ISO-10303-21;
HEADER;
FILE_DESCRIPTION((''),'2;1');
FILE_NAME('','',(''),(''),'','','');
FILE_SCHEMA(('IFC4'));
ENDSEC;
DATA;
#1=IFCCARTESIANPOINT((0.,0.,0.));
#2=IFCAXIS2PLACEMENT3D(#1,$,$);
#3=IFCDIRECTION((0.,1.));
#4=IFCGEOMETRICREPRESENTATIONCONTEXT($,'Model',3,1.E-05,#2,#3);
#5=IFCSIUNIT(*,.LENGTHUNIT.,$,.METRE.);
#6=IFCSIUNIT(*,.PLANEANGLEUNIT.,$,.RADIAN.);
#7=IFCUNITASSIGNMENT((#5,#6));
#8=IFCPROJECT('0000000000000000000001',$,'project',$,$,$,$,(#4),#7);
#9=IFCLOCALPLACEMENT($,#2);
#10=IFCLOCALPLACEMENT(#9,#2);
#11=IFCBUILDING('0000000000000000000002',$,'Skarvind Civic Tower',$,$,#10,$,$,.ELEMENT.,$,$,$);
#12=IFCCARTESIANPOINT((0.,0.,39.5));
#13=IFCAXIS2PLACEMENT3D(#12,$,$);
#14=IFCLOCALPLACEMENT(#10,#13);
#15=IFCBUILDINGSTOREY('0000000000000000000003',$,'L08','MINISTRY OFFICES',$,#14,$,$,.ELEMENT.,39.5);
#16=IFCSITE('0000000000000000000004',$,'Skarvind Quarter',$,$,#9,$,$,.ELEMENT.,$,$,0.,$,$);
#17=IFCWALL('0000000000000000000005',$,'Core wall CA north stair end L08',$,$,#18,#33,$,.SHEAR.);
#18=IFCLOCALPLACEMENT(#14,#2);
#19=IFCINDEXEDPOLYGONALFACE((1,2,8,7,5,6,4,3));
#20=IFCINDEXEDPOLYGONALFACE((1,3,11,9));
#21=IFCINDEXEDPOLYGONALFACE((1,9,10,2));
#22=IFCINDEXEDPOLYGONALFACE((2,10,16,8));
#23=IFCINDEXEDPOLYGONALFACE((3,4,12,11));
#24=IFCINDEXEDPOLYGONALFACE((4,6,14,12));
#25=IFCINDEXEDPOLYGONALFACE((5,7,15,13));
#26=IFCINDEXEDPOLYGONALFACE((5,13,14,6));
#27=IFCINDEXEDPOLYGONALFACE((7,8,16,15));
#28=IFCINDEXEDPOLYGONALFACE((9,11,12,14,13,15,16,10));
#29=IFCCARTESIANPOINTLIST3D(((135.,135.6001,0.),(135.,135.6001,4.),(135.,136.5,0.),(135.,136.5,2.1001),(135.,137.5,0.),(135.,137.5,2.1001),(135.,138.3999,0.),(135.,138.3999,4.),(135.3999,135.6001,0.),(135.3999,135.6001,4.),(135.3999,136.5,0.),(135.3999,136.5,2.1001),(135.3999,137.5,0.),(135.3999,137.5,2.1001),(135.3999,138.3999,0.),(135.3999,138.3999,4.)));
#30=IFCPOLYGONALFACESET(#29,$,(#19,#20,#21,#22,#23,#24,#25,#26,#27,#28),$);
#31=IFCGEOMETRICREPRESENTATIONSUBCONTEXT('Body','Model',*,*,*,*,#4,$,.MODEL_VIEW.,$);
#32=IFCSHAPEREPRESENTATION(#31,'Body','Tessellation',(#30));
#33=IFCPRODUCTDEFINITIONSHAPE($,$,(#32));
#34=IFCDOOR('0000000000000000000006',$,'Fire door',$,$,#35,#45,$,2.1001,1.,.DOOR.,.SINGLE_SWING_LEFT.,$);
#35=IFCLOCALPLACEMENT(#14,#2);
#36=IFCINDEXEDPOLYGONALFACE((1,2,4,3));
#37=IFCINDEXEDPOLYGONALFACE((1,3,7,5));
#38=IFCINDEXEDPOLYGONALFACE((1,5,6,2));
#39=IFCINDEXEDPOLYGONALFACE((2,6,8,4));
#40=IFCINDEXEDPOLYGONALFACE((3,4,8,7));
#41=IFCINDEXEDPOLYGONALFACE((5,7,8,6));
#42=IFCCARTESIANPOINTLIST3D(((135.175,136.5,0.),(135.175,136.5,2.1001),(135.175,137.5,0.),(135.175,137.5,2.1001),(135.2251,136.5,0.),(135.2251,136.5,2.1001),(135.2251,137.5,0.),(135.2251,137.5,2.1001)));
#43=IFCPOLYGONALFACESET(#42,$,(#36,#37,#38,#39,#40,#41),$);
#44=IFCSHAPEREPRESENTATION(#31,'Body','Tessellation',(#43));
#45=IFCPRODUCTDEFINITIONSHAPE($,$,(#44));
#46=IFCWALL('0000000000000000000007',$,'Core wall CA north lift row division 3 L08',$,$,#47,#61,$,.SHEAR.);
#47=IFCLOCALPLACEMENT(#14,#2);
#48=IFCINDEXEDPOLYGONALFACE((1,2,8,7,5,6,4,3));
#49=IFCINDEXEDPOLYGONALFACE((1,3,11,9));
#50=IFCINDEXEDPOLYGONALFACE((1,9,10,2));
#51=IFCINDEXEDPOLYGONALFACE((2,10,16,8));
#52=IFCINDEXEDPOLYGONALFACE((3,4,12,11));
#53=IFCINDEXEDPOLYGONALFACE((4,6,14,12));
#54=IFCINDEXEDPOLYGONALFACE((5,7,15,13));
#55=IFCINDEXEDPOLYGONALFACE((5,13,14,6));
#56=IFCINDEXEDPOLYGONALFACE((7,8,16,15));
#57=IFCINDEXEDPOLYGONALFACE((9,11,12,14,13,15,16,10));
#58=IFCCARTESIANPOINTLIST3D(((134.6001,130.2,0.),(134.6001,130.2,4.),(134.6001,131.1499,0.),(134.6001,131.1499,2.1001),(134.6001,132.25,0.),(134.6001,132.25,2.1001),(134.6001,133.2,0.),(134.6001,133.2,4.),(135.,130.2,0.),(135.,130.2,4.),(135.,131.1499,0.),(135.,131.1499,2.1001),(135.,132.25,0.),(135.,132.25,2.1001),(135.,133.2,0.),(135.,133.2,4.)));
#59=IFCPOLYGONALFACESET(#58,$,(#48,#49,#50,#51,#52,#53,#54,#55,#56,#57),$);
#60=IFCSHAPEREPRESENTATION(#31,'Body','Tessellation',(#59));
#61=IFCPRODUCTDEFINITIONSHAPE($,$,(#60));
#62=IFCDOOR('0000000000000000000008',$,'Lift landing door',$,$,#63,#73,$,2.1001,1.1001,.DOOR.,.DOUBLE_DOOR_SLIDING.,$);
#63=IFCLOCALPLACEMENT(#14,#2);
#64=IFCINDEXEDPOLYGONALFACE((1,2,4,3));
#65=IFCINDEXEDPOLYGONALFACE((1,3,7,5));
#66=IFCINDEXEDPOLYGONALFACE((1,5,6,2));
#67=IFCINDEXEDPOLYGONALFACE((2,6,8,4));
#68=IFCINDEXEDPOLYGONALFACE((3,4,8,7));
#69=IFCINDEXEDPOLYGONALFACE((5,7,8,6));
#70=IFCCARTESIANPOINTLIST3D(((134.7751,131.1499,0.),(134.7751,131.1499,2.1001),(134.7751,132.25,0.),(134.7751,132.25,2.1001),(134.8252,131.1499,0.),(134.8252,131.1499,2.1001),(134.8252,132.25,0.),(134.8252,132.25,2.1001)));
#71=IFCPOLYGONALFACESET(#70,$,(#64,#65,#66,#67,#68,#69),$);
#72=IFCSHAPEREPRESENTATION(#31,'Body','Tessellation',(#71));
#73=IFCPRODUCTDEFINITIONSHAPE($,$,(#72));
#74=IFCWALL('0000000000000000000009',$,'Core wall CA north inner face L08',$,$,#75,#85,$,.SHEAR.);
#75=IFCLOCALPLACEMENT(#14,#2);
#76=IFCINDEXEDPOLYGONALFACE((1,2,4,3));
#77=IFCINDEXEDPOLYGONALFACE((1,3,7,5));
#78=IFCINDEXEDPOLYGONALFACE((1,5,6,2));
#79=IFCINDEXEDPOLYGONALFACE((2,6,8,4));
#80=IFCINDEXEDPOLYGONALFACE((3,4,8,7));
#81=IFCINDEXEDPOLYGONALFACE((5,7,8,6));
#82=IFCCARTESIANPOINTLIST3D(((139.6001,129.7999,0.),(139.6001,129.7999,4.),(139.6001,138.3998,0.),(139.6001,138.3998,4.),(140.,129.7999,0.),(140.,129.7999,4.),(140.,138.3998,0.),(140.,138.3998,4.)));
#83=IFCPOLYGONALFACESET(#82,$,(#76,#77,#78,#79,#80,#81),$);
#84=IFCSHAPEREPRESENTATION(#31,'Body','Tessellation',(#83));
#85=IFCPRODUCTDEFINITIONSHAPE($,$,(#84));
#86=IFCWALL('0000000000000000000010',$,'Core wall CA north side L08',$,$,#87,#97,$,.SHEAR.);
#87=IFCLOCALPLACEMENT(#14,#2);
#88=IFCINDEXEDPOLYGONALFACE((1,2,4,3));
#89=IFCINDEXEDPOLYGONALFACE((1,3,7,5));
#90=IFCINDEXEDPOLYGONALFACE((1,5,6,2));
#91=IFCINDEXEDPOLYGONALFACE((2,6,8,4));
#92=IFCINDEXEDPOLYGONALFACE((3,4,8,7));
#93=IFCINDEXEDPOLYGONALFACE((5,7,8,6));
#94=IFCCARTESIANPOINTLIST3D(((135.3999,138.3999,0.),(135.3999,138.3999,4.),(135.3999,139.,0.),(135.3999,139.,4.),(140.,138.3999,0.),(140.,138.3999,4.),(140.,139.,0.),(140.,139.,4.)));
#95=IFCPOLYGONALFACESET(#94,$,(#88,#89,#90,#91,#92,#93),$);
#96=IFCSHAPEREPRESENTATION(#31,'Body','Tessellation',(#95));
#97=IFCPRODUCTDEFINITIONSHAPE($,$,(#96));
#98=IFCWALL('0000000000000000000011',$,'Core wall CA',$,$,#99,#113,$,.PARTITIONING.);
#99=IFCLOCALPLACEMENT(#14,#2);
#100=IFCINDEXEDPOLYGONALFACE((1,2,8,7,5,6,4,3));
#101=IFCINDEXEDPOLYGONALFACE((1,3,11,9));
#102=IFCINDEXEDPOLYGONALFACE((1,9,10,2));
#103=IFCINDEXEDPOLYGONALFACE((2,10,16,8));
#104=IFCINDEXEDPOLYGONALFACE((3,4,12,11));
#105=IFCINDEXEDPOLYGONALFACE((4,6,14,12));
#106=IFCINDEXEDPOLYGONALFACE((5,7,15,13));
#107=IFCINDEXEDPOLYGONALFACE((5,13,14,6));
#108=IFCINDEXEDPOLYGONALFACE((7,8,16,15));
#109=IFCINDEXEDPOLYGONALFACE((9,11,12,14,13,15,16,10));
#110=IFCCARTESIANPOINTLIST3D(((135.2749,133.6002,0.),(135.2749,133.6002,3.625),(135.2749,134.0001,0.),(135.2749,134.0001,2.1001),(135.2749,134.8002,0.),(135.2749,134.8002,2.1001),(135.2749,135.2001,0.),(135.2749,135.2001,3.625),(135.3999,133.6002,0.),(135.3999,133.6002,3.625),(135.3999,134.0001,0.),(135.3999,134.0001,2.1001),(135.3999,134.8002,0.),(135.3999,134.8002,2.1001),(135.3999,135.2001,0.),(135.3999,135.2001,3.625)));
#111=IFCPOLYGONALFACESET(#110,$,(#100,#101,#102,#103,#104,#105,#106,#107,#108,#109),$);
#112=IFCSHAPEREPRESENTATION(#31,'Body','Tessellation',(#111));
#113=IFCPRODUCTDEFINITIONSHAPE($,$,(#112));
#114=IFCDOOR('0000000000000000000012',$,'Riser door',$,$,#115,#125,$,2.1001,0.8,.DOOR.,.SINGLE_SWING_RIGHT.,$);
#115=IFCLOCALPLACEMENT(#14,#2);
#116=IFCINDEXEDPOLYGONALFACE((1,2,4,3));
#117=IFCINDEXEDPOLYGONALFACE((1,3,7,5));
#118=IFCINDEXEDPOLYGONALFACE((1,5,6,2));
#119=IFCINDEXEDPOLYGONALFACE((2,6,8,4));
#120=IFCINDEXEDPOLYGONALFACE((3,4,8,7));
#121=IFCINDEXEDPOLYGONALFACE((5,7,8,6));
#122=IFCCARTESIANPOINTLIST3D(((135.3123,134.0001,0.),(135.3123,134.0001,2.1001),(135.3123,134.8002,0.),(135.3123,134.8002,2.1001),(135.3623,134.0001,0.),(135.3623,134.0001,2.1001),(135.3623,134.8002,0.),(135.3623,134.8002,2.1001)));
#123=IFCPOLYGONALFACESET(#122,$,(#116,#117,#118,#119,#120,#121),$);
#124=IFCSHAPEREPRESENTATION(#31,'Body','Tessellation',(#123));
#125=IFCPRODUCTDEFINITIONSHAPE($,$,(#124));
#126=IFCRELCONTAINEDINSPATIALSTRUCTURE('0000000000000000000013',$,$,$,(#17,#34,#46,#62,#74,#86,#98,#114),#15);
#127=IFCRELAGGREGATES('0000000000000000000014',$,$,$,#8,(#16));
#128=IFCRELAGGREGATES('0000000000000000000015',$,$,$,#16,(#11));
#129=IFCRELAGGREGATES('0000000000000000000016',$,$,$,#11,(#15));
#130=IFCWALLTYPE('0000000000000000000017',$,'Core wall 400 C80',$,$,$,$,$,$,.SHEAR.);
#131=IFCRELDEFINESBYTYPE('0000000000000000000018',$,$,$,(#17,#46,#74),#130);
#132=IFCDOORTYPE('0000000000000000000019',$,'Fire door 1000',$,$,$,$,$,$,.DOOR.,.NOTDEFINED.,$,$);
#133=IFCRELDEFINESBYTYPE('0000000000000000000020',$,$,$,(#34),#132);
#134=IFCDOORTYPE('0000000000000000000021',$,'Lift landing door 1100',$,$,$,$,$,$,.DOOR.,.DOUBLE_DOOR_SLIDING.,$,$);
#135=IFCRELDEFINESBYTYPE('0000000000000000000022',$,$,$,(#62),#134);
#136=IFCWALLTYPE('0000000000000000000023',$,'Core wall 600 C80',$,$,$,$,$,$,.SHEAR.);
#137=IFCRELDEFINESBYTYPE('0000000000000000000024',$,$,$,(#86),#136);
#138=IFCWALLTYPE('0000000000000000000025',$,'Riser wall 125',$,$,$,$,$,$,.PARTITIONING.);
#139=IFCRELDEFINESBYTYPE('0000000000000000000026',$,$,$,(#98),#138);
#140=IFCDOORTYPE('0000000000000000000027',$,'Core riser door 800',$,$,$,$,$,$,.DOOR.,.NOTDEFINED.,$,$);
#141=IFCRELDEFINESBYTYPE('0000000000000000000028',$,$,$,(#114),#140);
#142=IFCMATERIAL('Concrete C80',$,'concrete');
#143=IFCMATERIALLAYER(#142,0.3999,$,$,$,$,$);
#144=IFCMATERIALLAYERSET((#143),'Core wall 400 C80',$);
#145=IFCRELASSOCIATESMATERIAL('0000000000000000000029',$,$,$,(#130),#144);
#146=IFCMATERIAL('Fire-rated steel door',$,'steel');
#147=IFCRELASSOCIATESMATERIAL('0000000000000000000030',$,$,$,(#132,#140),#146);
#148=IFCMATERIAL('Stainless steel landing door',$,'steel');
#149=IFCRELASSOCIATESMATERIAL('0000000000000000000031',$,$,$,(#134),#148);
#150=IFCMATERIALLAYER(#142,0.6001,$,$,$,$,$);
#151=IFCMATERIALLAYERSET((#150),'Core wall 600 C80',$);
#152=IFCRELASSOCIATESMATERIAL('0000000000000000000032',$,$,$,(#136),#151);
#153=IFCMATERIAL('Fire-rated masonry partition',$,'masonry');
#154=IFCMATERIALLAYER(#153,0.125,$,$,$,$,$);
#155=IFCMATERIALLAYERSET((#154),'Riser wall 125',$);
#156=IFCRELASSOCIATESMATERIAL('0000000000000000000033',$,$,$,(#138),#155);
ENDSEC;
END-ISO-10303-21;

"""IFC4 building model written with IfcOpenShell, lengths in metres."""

from ifc_helpers import new_model, si_unit, direction, frame, frame_2d, origin, place, context, subcontext, project, spatial, rectangle, extrude, material, layer, layer_set, type_object, element, fill, save


model = new_model("IFC4")

# Units and contexts
model_context = context("Model", 3, precision=1e-05, world=origin(), true_north=direction((0.0, 1.0)))
body_context = subcontext(model_context, "Body", "Model", "MODEL_VIEW")
ifc_project = project(units=[si_unit("LENGTHUNIT", "METRE"), si_unit("PLANEANGLEUNIT", "RADIAN")], contexts=[model_context])

# Site, building, storey
site_placement = place(None, origin())
site = spatial("IfcSite", under=ifc_project, at=site_placement, Name="Skarvind Quarter", CompositionType="ELEMENT", RefElevation=0.0)
building_placement = place(site_placement, origin())
building = spatial("IfcBuilding", under=site, at=building_placement, Name="Skarvind Civic Tower", CompositionType="ELEMENT")
storey_placement = place(building_placement, frame((0.0, 0.0, 39.5)))
storey = spatial("IfcBuildingStorey", under=building, at=storey_placement, Name="L08", Description="MINISTRY OFFICES", CompositionType="ELEMENT", Elevation=39.5)

# Walls, openings, doors
ifc_material_1 = material(Name="Fire-rated masonry partition", Category="masonry")
ifc_material_2 = material(Name="Fire-rated steel door", Category="steel")
ifc_material_3 = material(Name="Concrete C80", Category="concrete")
ifc_layer_1 = layer(ifc_material_3, 0.3999)
ifc_layer_set_1 = layer_set([ifc_layer_1], Name="Core wall 400 C80")
wall_type_1 = type_object("IfcWallType", Name="Core wall 400 C80", PredefinedType="SHEAR", material=ifc_layer_set_1)
wall_1_placement = place(storey_placement, frame((135.2, 135.6001, 0.0), z_axis=(0.0, 0.0, 1.0), x_axis=(0.0, 1.0, 0.0)))
wall_1 = element("IfcWall", 1, at=wall_1_placement, inside=storey, type_object=wall_type_1, Name="Core wall CA north stair end L08", PredefinedType="SHEAR", context=body_context, shape_type="SweptSolid", body=[
    extrude(rectangle(XDim=2.7998, YDim=0.3999, at=frame_2d((1.3999, 0.0))), origin(), (0.0, 0.0, 1.0), 4.0),
])
opening_1_placement = place(wall_1_placement, frame((0.8999, 0.0, 0.0)))
opening_1 = element("IfcOpeningElement", 2, at=opening_1_placement, cuts=wall_1, PredefinedType="OPENING", context=body_context, shape_type="SweptSolid", body=[
    extrude(rectangle(XDim=1.0, YDim=2.1001, at=frame_2d((0.5, 1.05))), frame((0.0, 0.21, 0.0), z_axis=(0.0, -1.0, 0.0), x_axis=(1.0, 0.0, 0.0)), (0.0, 0.0, 1.0), 0.4199),
])
door_type_1 = type_object("IfcDoorType", Name="Fire door 1000", OperationType="NOTDEFINED", PredefinedType="DOOR", material=ifc_material_2)
door_1_placement = place(opening_1_placement, origin())
door_1 = element("IfcDoor", 3, at=door_1_placement, inside=storey, type_object=door_type_1, Name="Fire door", OperationType="SINGLE_SWING_LEFT", OverallHeight=2.1001, OverallWidth=1.0, PredefinedType="DOOR", context=body_context, shape_type="SweptSolid", body=[
    extrude(rectangle(XDim=1.0, YDim=2.1001, at=frame_2d((0.5, 1.05))), frame((0.0, 0.0249, 0.0), z_axis=(0.0, -1.0, 0.0), x_axis=(1.0, 0.0, 0.0)), (0.0, 0.0, 1.0), 0.05),
])
fill(opening_1, door_1)
wall_2_placement = place(storey_placement, frame((134.8, 130.2, 0.0), z_axis=(0.0, 0.0, 1.0), x_axis=(0.0, 1.0, 0.0)))
wall_2 = element("IfcWall", 4, at=wall_2_placement, inside=storey, type_object=wall_type_1, Name="Core wall CA north lift row division 3 L08", PredefinedType="SHEAR", context=body_context, shape_type="SweptSolid", body=[
    extrude(rectangle(XDim=3.0, YDim=0.3999, at=frame_2d((1.5, 0.0))), origin(), (0.0, 0.0, 1.0), 4.0),
])
opening_2_placement = place(wall_2_placement, frame((0.95, 0.0, 0.0)))
opening_2 = element("IfcOpeningElement", 5, at=opening_2_placement, cuts=wall_2, PredefinedType="OPENING", context=body_context, shape_type="SweptSolid", body=[
    extrude(rectangle(XDim=1.1001, YDim=2.1001, at=frame_2d((0.55, 1.05))), frame((0.0, 0.21, 0.0), z_axis=(0.0, -1.0, 0.0), x_axis=(1.0, 0.0, 0.0)), (0.0, 0.0, 1.0), 0.4199),
])
ifc_material_4 = material(Name="Stainless steel landing door", Category="steel")
door_type_2 = type_object("IfcDoorType", Name="Lift landing door 1100", OperationType="DOUBLE_DOOR_SLIDING", PredefinedType="DOOR", material=ifc_material_4)
door_2_placement = place(opening_2_placement, origin())
door_2 = element("IfcDoor", 6, at=door_2_placement, inside=storey, type_object=door_type_2, Name="Lift landing door", OperationType="DOUBLE_DOOR_SLIDING", OverallHeight=2.1001, OverallWidth=1.1001, PredefinedType="DOOR", context=body_context, shape_type="SweptSolid", body=[
    extrude(rectangle(XDim=1.1001, YDim=2.1001, at=frame_2d((0.55, 1.05))), frame((0.0, 0.0249, 0.0), z_axis=(0.0, -1.0, 0.0), x_axis=(1.0, 0.0, 0.0)), (0.0, 0.0, 1.0), 0.05),
])
fill(opening_2, door_2)

# Walls
wall_3_placement = place(storey_placement, frame((139.8, 129.8, 0.0), z_axis=(0.0, 0.0, 1.0), x_axis=(0.0, 1.0, 0.0)))
element("IfcWall", 7, at=wall_3_placement, inside=storey, type_object=wall_type_1, Name="Core wall CA north inner face L08", PredefinedType="SHEAR", context=body_context, shape_type="SweptSolid", body=[
    extrude(rectangle(XDim=8.5999, YDim=0.3999, at=frame_2d((4.2998, 0.0))), origin(), (0.0, 0.0, 1.0), 4.0),
])
ifc_layer_2 = layer(ifc_material_3, 0.6001)
ifc_layer_set_2 = layer_set([ifc_layer_2], Name="Core wall 600 C80")
wall_type_2 = type_object("IfcWallType", Name="Core wall 600 C80", PredefinedType="SHEAR", material=ifc_layer_set_2)
wall_4_placement = place(storey_placement, frame((135.3999, 138.7, 0.0), z_axis=(0.0, 0.0, 1.0), x_axis=(1.0, 0.0, 0.0)))
element("IfcWall", 8, at=wall_4_placement, inside=storey, type_object=wall_type_2, Name="Core wall CA north side L08", PredefinedType="SHEAR", context=body_context, shape_type="SweptSolid", body=[
    extrude(rectangle(XDim=4.6001, YDim=0.6001, at=frame_2d((2.3, 0.0))), origin(), (0.0, 0.0, 1.0), 4.0),
])

# Wall, opening, door
ifc_layer_3 = layer(ifc_material_1, 0.125)
ifc_layer_set_3 = layer_set([ifc_layer_3], Name="Riser wall 125")
wall_type_3 = type_object("IfcWallType", Name="Riser wall 125", PredefinedType="PARTITIONING", material=ifc_layer_set_3)
wall_5_placement = place(storey_placement, frame((135.3374, 135.2, 0.0), z_axis=(0.0, 0.0, 1.0), x_axis=(0.0, -1.0, 0.0)))
wall_5 = element("IfcWall", 9, at=wall_5_placement, inside=storey, type_object=wall_type_3, Name="Core wall CA", PredefinedType="PARTITIONING", context=body_context, shape_type="SweptSolid", body=[
    extrude(rectangle(XDim=1.5999, YDim=0.125, at=frame_2d((0.7998, 0.0))), origin(), (0.0, 0.0, 1.0), 3.625),
])
opening_3_placement = place(wall_5_placement, frame((0.3999, 0.0, 0.0)))
opening_3 = element("IfcOpeningElement", 10, at=opening_3_placement, cuts=wall_5, PredefinedType="OPENING", context=body_context, shape_type="SweptSolid", body=[
    extrude(rectangle(XDim=0.8, YDim=2.1001, at=frame_2d((0.3999, 1.05))), frame((0.0, 0.0725, 0.0), z_axis=(0.0, -1.0, 0.0), x_axis=(1.0, 0.0, 0.0)), (0.0, 0.0, 1.0), 0.145),
])
door_type_3 = type_object("IfcDoorType", Name="Core riser door 800", OperationType="NOTDEFINED", PredefinedType="DOOR", material=ifc_material_2)
door_3_placement = place(opening_3_placement, origin())
door_3 = element("IfcDoor", 11, at=door_3_placement, inside=storey, type_object=door_type_3, Name="Riser door", OperationType="SINGLE_SWING_RIGHT", OverallHeight=2.1001, OverallWidth=0.8, PredefinedType="DOOR", context=body_context, shape_type="SweptSolid", body=[
    extrude(rectangle(XDim=0.8, YDim=2.1001, at=frame_2d((0.3999, 1.05))), frame((0.0, 0.0249, 0.0), z_axis=(0.0, -1.0, 0.0), x_axis=(1.0, 0.0, 0.0)), (0.0, 0.0, 1.0), 0.05),
])
fill(opening_3, door_3)

save(model, "model.ifc")
